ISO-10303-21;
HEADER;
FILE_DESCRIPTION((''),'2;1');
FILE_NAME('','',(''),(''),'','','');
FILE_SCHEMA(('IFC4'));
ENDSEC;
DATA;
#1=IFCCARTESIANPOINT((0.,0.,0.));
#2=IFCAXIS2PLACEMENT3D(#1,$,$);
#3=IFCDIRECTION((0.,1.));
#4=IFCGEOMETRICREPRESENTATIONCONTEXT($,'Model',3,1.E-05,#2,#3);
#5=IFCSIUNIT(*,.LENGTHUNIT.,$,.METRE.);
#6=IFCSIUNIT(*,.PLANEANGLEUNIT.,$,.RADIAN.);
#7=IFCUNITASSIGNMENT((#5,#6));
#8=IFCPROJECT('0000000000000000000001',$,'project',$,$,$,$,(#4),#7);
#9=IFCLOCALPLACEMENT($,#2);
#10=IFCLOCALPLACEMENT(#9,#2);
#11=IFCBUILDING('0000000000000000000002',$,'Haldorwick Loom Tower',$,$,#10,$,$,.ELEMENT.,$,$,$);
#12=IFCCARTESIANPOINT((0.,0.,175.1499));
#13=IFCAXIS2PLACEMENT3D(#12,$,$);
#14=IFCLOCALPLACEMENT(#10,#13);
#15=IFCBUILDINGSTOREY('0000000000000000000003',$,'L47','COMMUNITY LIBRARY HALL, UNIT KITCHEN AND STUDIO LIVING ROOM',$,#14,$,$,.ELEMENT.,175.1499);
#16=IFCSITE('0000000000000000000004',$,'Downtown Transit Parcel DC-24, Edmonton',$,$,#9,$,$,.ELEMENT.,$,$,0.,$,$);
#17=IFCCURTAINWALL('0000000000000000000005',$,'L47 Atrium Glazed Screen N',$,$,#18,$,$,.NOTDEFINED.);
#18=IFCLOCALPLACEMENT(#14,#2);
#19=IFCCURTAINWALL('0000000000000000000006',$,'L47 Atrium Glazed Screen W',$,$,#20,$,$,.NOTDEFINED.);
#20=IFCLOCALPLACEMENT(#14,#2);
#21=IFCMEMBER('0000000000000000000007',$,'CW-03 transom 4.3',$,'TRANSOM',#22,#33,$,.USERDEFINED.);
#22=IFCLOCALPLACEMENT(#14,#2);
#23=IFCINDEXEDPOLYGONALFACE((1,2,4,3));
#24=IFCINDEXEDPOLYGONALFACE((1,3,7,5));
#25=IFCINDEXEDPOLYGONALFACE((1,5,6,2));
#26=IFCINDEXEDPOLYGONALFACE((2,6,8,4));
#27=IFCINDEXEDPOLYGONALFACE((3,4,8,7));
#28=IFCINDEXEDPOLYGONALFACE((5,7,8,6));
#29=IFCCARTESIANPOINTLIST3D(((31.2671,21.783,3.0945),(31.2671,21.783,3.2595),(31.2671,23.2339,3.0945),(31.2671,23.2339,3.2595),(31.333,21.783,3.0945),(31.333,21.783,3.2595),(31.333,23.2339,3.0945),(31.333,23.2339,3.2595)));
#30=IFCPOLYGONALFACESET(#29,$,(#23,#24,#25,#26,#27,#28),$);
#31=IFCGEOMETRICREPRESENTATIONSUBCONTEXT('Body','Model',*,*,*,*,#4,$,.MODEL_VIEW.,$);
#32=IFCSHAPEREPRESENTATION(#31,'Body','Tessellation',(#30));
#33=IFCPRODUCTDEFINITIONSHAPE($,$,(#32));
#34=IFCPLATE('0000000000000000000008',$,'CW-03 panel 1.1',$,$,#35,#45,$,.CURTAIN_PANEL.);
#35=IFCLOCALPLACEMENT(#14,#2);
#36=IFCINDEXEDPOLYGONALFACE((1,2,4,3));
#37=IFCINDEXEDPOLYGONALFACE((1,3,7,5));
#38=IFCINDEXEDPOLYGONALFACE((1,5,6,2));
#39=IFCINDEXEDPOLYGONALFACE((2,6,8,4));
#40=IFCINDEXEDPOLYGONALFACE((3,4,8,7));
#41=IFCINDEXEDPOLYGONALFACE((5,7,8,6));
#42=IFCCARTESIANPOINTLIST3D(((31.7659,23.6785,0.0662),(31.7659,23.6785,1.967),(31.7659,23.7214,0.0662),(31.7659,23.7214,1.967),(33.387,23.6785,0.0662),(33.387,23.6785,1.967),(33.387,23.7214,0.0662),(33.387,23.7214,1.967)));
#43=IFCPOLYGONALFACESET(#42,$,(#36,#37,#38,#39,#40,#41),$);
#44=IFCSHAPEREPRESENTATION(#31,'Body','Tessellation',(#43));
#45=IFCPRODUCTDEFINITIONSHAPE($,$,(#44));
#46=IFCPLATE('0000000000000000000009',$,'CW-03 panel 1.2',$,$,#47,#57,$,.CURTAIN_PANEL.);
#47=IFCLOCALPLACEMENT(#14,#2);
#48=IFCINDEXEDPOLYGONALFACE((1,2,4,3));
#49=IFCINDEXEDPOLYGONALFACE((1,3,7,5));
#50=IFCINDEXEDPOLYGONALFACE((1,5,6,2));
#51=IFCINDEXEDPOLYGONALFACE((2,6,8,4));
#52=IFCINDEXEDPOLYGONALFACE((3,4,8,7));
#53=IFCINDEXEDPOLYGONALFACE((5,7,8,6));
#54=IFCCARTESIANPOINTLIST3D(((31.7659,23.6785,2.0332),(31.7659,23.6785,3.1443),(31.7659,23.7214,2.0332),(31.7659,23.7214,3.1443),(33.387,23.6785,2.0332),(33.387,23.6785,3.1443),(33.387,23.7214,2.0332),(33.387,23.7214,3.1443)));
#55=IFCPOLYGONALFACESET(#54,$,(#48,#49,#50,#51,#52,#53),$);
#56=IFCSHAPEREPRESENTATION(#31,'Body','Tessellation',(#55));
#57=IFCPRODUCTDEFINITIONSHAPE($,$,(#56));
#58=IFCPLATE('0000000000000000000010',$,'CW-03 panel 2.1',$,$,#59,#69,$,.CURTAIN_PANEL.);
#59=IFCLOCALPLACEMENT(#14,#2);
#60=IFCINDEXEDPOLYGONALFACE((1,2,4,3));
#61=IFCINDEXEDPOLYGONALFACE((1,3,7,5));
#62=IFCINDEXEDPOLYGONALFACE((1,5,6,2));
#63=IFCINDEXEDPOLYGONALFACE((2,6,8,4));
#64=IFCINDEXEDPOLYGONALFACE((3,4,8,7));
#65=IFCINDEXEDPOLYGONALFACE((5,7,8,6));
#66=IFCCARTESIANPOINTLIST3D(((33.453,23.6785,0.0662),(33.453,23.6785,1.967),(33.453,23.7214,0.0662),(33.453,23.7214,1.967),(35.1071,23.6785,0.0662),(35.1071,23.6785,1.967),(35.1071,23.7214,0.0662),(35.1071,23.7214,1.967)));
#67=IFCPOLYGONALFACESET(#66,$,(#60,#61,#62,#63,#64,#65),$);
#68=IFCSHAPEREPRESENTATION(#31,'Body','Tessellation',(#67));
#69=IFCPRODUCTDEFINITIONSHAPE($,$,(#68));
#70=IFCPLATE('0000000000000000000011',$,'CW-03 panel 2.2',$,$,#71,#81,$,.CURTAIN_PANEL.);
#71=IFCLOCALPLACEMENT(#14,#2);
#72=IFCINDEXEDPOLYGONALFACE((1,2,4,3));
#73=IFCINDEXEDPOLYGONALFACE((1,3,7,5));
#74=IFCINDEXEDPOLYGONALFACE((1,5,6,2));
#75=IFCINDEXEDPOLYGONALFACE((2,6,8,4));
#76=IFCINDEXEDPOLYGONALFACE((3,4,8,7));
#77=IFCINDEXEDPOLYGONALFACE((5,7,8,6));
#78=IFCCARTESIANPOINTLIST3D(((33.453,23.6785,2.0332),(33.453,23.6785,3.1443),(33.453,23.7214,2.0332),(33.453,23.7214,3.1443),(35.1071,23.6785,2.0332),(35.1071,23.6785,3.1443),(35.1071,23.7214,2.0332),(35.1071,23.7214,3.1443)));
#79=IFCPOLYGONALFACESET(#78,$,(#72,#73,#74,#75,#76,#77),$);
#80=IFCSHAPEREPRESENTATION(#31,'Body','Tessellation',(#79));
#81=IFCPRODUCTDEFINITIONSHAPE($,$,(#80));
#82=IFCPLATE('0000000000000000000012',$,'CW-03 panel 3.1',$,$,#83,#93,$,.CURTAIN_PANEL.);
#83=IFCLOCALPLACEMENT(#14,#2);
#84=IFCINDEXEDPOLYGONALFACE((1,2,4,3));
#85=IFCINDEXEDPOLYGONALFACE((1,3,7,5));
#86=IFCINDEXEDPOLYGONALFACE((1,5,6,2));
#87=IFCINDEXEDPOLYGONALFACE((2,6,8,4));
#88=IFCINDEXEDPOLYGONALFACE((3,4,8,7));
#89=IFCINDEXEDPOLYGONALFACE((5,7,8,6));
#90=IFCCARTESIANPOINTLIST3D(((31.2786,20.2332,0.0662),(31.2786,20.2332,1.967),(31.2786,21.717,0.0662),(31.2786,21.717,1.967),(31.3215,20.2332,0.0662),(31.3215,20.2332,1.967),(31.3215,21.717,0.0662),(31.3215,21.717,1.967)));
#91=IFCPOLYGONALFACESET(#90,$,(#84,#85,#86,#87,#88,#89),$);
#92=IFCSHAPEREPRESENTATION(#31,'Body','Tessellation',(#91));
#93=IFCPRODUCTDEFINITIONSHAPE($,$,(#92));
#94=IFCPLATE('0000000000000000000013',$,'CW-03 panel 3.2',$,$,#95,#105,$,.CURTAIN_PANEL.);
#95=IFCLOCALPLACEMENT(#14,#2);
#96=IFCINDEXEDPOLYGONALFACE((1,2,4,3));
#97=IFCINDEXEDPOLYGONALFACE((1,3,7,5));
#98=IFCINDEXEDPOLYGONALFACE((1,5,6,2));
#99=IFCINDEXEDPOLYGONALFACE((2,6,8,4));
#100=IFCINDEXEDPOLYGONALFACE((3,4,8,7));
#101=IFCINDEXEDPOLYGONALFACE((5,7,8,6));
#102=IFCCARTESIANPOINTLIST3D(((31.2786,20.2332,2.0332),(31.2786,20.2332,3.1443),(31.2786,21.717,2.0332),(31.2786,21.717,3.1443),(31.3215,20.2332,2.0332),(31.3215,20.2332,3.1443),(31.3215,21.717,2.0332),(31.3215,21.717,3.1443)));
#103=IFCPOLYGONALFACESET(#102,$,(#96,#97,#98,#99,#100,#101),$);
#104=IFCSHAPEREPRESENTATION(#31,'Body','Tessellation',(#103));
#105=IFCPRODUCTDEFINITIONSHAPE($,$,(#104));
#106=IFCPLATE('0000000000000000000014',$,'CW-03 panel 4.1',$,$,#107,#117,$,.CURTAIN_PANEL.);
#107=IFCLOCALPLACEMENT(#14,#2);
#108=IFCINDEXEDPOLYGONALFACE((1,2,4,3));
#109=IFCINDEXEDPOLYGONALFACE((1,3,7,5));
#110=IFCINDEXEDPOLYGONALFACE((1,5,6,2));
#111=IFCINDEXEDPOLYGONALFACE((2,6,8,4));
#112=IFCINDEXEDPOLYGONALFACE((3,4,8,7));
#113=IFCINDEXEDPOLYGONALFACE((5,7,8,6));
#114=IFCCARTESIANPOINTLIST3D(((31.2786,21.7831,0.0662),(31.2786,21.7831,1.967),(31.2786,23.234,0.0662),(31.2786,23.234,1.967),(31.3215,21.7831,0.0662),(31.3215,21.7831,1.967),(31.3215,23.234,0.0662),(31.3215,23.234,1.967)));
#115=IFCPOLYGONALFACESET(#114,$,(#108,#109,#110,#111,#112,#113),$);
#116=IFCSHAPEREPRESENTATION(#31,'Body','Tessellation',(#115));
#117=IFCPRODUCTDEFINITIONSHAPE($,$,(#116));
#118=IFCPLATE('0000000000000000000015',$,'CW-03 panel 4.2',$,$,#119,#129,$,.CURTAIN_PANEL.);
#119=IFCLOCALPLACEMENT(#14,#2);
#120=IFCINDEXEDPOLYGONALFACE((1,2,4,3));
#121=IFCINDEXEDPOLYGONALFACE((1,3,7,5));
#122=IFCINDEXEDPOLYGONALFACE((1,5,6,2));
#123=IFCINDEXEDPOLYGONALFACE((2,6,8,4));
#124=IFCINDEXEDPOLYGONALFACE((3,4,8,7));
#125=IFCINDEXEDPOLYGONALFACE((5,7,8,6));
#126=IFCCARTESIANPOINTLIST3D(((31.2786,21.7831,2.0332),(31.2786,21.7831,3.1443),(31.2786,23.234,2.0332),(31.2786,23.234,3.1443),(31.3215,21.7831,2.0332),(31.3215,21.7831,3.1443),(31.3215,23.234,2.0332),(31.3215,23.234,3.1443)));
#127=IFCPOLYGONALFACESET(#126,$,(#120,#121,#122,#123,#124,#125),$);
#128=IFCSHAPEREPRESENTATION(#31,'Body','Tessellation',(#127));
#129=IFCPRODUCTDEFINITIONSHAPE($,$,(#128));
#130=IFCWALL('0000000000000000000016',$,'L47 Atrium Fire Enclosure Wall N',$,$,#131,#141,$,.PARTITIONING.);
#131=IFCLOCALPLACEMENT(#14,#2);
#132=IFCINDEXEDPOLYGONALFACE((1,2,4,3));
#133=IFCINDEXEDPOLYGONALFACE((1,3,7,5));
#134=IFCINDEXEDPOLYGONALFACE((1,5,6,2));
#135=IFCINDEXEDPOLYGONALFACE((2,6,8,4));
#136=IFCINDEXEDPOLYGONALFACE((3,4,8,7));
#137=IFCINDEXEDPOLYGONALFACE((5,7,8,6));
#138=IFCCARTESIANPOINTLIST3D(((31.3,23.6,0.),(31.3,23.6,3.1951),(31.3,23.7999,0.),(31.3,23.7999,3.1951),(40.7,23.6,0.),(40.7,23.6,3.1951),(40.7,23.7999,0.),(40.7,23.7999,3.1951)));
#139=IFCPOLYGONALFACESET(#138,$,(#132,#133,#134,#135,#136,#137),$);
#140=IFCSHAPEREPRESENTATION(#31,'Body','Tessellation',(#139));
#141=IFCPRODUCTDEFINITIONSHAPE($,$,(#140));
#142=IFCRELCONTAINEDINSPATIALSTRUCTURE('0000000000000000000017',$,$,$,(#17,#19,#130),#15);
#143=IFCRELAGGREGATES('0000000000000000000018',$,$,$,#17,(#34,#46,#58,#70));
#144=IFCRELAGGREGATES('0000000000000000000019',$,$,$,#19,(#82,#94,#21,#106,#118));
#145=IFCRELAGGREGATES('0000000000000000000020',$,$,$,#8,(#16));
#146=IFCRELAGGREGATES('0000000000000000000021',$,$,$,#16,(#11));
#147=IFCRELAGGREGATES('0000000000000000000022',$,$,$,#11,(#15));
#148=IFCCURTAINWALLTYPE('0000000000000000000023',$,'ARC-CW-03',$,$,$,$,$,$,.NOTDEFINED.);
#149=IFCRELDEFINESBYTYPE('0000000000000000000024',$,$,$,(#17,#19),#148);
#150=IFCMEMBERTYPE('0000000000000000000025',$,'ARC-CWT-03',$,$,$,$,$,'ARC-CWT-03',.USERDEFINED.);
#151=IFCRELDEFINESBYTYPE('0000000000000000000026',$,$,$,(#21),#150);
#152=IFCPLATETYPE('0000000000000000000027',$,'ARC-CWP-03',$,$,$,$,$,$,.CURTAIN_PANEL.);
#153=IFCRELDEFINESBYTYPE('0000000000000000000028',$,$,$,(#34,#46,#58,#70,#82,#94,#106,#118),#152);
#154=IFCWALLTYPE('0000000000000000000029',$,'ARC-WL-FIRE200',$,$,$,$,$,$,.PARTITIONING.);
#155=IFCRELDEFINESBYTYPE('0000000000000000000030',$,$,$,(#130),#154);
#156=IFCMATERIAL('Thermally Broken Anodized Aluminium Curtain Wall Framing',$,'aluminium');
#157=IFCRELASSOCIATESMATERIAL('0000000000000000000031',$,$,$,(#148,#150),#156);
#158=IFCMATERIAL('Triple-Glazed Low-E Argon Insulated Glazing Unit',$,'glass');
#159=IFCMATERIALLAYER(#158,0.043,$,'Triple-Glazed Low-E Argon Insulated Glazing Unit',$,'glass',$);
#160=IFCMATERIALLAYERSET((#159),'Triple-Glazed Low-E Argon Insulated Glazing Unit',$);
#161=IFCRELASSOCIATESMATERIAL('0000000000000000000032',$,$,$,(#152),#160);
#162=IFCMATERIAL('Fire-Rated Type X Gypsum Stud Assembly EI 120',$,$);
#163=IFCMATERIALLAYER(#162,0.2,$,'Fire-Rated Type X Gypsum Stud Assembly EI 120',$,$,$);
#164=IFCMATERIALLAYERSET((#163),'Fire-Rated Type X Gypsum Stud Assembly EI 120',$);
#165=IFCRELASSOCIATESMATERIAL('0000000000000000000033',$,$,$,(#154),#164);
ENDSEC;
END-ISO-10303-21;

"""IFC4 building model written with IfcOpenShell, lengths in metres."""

from ifc_helpers import new_model, si_unit, direction, frame, frame_2d, origin, origin_2d, place, context, subcontext, project, spatial, rectangle, extrude, material, layer, layer_set, material_profile, profile_set, type_object, element, aggregate, save


model = new_model("IFC4")

# Units and contexts
model_context = context("Model", 3, precision=1e-05, world=origin(), true_north=direction((0.0, 1.0)))
body_context = subcontext(model_context, "Body", "Model", "MODEL_VIEW")
ifc_project = project(units=[si_unit("LENGTHUNIT", "METRE"), si_unit("PLANEANGLEUNIT", "RADIAN")], contexts=[model_context])

# Site, building, storey
site_placement = place(None, origin())
site = spatial("IfcSite", under=ifc_project, at=site_placement, Name="Downtown Transit Parcel DC-24, Edmonton", CompositionType="ELEMENT", RefElevation=0.0)
building_placement = place(site_placement, origin())
building = spatial("IfcBuilding", under=site, at=building_placement, Name="Haldorwick Loom Tower", CompositionType="ELEMENT")
storey_placement = place(building_placement, frame((0.0, 0.0, 175.1499)))
storey = spatial("IfcBuildingStorey", under=building, at=storey_placement, Name="L47", Description="COMMUNITY LIBRARY HALL, UNIT KITCHEN AND STUDIO LIVING ROOM", CompositionType="ELEMENT", Elevation=175.1499)

# Curtain walls
ifc_material_1 = material(Name="Thermally Broken Anodized Aluminium Curtain Wall Framing", Category="aluminium")
curtain_wall_type = type_object("IfcCurtainWallType", Name="ARC-CW-03", PredefinedType="NOTDEFINED", material=ifc_material_1)
curtain_wall_1_placement = place(storey_placement, origin())
curtain_wall_1 = element("IfcCurtainWall", 1, at=curtain_wall_1_placement, inside=storey, type_object=curtain_wall_type, Name="L47 Atrium Glazed Screen N", PredefinedType="NOTDEFINED")
curtain_wall_2_placement = place(storey_placement, origin())
curtain_wall_2 = element("IfcCurtainWall", 2, at=curtain_wall_2_placement, inside=storey, type_object=curtain_wall_type, Name="L47 Atrium Glazed Screen W", PredefinedType="NOTDEFINED")

# Member
ifc_material_profile_1 = material_profile(ifc_material_1, rectangle(XDim=0.0659, YDim=0.165, at=origin_2d()), Name="ALU_TRN_66X165", Category="aluminium")
ifc_profile_set_1 = profile_set([ifc_material_profile_1], Name="Thermally Broken Anodized Aluminium Curtain Wall Framing")
member_type_1 = type_object("IfcMemberType", Name="ARC-CWT-03", ElementType="ARC-CWT-03", PredefinedType="USERDEFINED", material=ifc_profile_set_1)
member_1_placement = place(storey_placement, frame((31.3, 21.783, 3.177), z_axis=(0.0, 1.0, 0.0), x_axis=(-1.0, 0.0, 0.0)))
member_1 = element("IfcMember", 3, at=member_1_placement, type_object=member_type_1, Name="CW-03 transom 4.3", ObjectType="TRANSOM", PredefinedType="USERDEFINED", context=body_context, shape_type="SweptSolid", body=[
    extrude(rectangle(XDim=0.0659, YDim=0.165, at=origin_2d()), origin(), (0.0, 0.0, 1.0), 1.4509),
])

# Plates
ifc_material_2 = material(Name="Triple-Glazed Low-E Argon Insulated Glazing Unit", Category="glass")
ifc_layer_1 = layer(ifc_material_2, 0.043, Name="Triple-Glazed Low-E Argon Insulated Glazing Unit", Category="glass")
ifc_layer_set_1 = layer_set([ifc_layer_1], Name="Triple-Glazed Low-E Argon Insulated Glazing Unit")
plate_type = type_object("IfcPlateType", Name="ARC-CWP-03", PredefinedType="CURTAIN_PANEL", material=ifc_layer_set_1)
plate_1_placement = place(storey_placement, frame((32.5764, 23.7, 0.0662), z_axis=(0.0, 0.0, 1.0), x_axis=(1.0, 0.0, 0.0)))
plate_1 = element("IfcPlate", 4, at=plate_1_placement, type_object=plate_type, Name="CW-03 panel 1.1", PredefinedType="CURTAIN_PANEL", context=body_context, shape_type="SweptSolid", body=[
    extrude(rectangle(XDim=1.6211, YDim=0.043, at=origin_2d()), origin(), (0.0, 0.0, 1.0), 1.9009),
])
plate_2_placement = place(storey_placement, frame((32.5764, 23.7, 2.0332), z_axis=(0.0, 0.0, 1.0), x_axis=(1.0, 0.0, 0.0)))
plate_2 = element("IfcPlate", 5, at=plate_2_placement, type_object=plate_type, Name="CW-03 panel 1.2", PredefinedType="CURTAIN_PANEL", context=body_context, shape_type="SweptSolid", body=[
    extrude(rectangle(XDim=1.6211, YDim=0.043, at=origin_2d()), origin(), (0.0, 0.0, 1.0), 1.1111),
])
plate_3_placement = place(storey_placement, frame((34.28, 23.7, 0.0662), z_axis=(0.0, 0.0, 1.0), x_axis=(1.0, 0.0, 0.0)))
plate_3 = element("IfcPlate", 6, at=plate_3_placement, type_object=plate_type, Name="CW-03 panel 2.1", PredefinedType="CURTAIN_PANEL", context=body_context, shape_type="SweptSolid", body=[
    extrude(rectangle(XDim=1.6541, YDim=0.043, at=origin_2d()), origin(), (0.0, 0.0, 1.0), 1.9009),
])
plate_4_placement = place(storey_placement, frame((34.28, 23.7, 2.0332), z_axis=(0.0, 0.0, 1.0), x_axis=(1.0, 0.0, 0.0)))
plate_4 = element("IfcPlate", 7, at=plate_4_placement, type_object=plate_type, Name="CW-03 panel 2.2", PredefinedType="CURTAIN_PANEL", context=body_context, shape_type="SweptSolid", body=[
    extrude(rectangle(XDim=1.6541, YDim=0.043, at=origin_2d()), origin(), (0.0, 0.0, 1.0), 1.1111),
])
aggregate(curtain_wall_1, [plate_1, plate_2, plate_3, plate_4])
plate_5_placement = place(storey_placement, frame((31.3, 20.9751, 0.0662), z_axis=(0.0, 0.0, 1.0), x_axis=(0.0, 1.0, 0.0)))
plate_5 = element("IfcPlate", 8, at=plate_5_placement, type_object=plate_type, Name="CW-03 panel 3.1", PredefinedType="CURTAIN_PANEL", context=body_context, shape_type="SweptSolid", body=[
    extrude(rectangle(XDim=1.4839, YDim=0.043, at=origin_2d()), origin(), (0.0, 0.0, 1.0), 1.9009),
])
plate_6_placement = place(storey_placement, frame((31.3, 20.9751, 2.0332), z_axis=(0.0, 0.0, 1.0), x_axis=(0.0, 1.0, 0.0)))
plate_6 = element("IfcPlate", 9, at=plate_6_placement, type_object=plate_type, Name="CW-03 panel 3.2", PredefinedType="CURTAIN_PANEL", context=body_context, shape_type="SweptSolid", body=[
    extrude(rectangle(XDim=1.4839, YDim=0.043, at=origin_2d()), origin(), (0.0, 0.0, 1.0), 1.1111),
])
plate_7_placement = place(storey_placement, frame((31.3, 22.5085, 0.0662), z_axis=(0.0, 0.0, 1.0), x_axis=(0.0, 1.0, 0.0)))
plate_7 = element("IfcPlate", 10, at=plate_7_placement, type_object=plate_type, Name="CW-03 panel 4.1", PredefinedType="CURTAIN_PANEL", context=body_context, shape_type="SweptSolid", body=[
    extrude(rectangle(XDim=1.4509, YDim=0.043, at=origin_2d()), origin(), (0.0, 0.0, 1.0), 1.9009),
])
plate_8_placement = place(storey_placement, frame((31.3, 22.5085, 2.0332), z_axis=(0.0, 0.0, 1.0), x_axis=(0.0, 1.0, 0.0)))
plate_8 = element("IfcPlate", 11, at=plate_8_placement, type_object=plate_type, Name="CW-03 panel 4.2", PredefinedType="CURTAIN_PANEL", context=body_context, shape_type="SweptSolid", body=[
    extrude(rectangle(XDim=1.4509, YDim=0.043, at=origin_2d()), origin(), (0.0, 0.0, 1.0), 1.1111),
])
aggregate(curtain_wall_2, [plate_5, plate_6, member_1, plate_7, plate_8])

# Wall
ifc_material_3 = material(Name="Fire-Rated Type X Gypsum Stud Assembly EI 120")
ifc_layer_2 = layer(ifc_material_3, 0.2, Name="Fire-Rated Type X Gypsum Stud Assembly EI 120")
ifc_layer_set_2 = layer_set([ifc_layer_2], Name="Fire-Rated Type X Gypsum Stud Assembly EI 120")
wall_type = type_object("IfcWallType", Name="ARC-WL-FIRE200", PredefinedType="PARTITIONING", material=ifc_layer_set_2)
wall_placement = place(storey_placement, frame((31.3, 23.7, 0.0), z_axis=(0.0, 0.0, 1.0), x_axis=(1.0, 0.0, 0.0)))
element("IfcWall", 12, at=wall_placement, inside=storey, type_object=wall_type, Name="L47 Atrium Fire Enclosure Wall N", PredefinedType="PARTITIONING", context=body_context, shape_type="SweptSolid", body=[
    extrude(rectangle(XDim=9.3999, YDim=0.2, at=frame_2d((4.7, 0.0))), origin(), (0.0, 0.0, 1.0), 3.1951),
])

save(model, "model.ifc")
